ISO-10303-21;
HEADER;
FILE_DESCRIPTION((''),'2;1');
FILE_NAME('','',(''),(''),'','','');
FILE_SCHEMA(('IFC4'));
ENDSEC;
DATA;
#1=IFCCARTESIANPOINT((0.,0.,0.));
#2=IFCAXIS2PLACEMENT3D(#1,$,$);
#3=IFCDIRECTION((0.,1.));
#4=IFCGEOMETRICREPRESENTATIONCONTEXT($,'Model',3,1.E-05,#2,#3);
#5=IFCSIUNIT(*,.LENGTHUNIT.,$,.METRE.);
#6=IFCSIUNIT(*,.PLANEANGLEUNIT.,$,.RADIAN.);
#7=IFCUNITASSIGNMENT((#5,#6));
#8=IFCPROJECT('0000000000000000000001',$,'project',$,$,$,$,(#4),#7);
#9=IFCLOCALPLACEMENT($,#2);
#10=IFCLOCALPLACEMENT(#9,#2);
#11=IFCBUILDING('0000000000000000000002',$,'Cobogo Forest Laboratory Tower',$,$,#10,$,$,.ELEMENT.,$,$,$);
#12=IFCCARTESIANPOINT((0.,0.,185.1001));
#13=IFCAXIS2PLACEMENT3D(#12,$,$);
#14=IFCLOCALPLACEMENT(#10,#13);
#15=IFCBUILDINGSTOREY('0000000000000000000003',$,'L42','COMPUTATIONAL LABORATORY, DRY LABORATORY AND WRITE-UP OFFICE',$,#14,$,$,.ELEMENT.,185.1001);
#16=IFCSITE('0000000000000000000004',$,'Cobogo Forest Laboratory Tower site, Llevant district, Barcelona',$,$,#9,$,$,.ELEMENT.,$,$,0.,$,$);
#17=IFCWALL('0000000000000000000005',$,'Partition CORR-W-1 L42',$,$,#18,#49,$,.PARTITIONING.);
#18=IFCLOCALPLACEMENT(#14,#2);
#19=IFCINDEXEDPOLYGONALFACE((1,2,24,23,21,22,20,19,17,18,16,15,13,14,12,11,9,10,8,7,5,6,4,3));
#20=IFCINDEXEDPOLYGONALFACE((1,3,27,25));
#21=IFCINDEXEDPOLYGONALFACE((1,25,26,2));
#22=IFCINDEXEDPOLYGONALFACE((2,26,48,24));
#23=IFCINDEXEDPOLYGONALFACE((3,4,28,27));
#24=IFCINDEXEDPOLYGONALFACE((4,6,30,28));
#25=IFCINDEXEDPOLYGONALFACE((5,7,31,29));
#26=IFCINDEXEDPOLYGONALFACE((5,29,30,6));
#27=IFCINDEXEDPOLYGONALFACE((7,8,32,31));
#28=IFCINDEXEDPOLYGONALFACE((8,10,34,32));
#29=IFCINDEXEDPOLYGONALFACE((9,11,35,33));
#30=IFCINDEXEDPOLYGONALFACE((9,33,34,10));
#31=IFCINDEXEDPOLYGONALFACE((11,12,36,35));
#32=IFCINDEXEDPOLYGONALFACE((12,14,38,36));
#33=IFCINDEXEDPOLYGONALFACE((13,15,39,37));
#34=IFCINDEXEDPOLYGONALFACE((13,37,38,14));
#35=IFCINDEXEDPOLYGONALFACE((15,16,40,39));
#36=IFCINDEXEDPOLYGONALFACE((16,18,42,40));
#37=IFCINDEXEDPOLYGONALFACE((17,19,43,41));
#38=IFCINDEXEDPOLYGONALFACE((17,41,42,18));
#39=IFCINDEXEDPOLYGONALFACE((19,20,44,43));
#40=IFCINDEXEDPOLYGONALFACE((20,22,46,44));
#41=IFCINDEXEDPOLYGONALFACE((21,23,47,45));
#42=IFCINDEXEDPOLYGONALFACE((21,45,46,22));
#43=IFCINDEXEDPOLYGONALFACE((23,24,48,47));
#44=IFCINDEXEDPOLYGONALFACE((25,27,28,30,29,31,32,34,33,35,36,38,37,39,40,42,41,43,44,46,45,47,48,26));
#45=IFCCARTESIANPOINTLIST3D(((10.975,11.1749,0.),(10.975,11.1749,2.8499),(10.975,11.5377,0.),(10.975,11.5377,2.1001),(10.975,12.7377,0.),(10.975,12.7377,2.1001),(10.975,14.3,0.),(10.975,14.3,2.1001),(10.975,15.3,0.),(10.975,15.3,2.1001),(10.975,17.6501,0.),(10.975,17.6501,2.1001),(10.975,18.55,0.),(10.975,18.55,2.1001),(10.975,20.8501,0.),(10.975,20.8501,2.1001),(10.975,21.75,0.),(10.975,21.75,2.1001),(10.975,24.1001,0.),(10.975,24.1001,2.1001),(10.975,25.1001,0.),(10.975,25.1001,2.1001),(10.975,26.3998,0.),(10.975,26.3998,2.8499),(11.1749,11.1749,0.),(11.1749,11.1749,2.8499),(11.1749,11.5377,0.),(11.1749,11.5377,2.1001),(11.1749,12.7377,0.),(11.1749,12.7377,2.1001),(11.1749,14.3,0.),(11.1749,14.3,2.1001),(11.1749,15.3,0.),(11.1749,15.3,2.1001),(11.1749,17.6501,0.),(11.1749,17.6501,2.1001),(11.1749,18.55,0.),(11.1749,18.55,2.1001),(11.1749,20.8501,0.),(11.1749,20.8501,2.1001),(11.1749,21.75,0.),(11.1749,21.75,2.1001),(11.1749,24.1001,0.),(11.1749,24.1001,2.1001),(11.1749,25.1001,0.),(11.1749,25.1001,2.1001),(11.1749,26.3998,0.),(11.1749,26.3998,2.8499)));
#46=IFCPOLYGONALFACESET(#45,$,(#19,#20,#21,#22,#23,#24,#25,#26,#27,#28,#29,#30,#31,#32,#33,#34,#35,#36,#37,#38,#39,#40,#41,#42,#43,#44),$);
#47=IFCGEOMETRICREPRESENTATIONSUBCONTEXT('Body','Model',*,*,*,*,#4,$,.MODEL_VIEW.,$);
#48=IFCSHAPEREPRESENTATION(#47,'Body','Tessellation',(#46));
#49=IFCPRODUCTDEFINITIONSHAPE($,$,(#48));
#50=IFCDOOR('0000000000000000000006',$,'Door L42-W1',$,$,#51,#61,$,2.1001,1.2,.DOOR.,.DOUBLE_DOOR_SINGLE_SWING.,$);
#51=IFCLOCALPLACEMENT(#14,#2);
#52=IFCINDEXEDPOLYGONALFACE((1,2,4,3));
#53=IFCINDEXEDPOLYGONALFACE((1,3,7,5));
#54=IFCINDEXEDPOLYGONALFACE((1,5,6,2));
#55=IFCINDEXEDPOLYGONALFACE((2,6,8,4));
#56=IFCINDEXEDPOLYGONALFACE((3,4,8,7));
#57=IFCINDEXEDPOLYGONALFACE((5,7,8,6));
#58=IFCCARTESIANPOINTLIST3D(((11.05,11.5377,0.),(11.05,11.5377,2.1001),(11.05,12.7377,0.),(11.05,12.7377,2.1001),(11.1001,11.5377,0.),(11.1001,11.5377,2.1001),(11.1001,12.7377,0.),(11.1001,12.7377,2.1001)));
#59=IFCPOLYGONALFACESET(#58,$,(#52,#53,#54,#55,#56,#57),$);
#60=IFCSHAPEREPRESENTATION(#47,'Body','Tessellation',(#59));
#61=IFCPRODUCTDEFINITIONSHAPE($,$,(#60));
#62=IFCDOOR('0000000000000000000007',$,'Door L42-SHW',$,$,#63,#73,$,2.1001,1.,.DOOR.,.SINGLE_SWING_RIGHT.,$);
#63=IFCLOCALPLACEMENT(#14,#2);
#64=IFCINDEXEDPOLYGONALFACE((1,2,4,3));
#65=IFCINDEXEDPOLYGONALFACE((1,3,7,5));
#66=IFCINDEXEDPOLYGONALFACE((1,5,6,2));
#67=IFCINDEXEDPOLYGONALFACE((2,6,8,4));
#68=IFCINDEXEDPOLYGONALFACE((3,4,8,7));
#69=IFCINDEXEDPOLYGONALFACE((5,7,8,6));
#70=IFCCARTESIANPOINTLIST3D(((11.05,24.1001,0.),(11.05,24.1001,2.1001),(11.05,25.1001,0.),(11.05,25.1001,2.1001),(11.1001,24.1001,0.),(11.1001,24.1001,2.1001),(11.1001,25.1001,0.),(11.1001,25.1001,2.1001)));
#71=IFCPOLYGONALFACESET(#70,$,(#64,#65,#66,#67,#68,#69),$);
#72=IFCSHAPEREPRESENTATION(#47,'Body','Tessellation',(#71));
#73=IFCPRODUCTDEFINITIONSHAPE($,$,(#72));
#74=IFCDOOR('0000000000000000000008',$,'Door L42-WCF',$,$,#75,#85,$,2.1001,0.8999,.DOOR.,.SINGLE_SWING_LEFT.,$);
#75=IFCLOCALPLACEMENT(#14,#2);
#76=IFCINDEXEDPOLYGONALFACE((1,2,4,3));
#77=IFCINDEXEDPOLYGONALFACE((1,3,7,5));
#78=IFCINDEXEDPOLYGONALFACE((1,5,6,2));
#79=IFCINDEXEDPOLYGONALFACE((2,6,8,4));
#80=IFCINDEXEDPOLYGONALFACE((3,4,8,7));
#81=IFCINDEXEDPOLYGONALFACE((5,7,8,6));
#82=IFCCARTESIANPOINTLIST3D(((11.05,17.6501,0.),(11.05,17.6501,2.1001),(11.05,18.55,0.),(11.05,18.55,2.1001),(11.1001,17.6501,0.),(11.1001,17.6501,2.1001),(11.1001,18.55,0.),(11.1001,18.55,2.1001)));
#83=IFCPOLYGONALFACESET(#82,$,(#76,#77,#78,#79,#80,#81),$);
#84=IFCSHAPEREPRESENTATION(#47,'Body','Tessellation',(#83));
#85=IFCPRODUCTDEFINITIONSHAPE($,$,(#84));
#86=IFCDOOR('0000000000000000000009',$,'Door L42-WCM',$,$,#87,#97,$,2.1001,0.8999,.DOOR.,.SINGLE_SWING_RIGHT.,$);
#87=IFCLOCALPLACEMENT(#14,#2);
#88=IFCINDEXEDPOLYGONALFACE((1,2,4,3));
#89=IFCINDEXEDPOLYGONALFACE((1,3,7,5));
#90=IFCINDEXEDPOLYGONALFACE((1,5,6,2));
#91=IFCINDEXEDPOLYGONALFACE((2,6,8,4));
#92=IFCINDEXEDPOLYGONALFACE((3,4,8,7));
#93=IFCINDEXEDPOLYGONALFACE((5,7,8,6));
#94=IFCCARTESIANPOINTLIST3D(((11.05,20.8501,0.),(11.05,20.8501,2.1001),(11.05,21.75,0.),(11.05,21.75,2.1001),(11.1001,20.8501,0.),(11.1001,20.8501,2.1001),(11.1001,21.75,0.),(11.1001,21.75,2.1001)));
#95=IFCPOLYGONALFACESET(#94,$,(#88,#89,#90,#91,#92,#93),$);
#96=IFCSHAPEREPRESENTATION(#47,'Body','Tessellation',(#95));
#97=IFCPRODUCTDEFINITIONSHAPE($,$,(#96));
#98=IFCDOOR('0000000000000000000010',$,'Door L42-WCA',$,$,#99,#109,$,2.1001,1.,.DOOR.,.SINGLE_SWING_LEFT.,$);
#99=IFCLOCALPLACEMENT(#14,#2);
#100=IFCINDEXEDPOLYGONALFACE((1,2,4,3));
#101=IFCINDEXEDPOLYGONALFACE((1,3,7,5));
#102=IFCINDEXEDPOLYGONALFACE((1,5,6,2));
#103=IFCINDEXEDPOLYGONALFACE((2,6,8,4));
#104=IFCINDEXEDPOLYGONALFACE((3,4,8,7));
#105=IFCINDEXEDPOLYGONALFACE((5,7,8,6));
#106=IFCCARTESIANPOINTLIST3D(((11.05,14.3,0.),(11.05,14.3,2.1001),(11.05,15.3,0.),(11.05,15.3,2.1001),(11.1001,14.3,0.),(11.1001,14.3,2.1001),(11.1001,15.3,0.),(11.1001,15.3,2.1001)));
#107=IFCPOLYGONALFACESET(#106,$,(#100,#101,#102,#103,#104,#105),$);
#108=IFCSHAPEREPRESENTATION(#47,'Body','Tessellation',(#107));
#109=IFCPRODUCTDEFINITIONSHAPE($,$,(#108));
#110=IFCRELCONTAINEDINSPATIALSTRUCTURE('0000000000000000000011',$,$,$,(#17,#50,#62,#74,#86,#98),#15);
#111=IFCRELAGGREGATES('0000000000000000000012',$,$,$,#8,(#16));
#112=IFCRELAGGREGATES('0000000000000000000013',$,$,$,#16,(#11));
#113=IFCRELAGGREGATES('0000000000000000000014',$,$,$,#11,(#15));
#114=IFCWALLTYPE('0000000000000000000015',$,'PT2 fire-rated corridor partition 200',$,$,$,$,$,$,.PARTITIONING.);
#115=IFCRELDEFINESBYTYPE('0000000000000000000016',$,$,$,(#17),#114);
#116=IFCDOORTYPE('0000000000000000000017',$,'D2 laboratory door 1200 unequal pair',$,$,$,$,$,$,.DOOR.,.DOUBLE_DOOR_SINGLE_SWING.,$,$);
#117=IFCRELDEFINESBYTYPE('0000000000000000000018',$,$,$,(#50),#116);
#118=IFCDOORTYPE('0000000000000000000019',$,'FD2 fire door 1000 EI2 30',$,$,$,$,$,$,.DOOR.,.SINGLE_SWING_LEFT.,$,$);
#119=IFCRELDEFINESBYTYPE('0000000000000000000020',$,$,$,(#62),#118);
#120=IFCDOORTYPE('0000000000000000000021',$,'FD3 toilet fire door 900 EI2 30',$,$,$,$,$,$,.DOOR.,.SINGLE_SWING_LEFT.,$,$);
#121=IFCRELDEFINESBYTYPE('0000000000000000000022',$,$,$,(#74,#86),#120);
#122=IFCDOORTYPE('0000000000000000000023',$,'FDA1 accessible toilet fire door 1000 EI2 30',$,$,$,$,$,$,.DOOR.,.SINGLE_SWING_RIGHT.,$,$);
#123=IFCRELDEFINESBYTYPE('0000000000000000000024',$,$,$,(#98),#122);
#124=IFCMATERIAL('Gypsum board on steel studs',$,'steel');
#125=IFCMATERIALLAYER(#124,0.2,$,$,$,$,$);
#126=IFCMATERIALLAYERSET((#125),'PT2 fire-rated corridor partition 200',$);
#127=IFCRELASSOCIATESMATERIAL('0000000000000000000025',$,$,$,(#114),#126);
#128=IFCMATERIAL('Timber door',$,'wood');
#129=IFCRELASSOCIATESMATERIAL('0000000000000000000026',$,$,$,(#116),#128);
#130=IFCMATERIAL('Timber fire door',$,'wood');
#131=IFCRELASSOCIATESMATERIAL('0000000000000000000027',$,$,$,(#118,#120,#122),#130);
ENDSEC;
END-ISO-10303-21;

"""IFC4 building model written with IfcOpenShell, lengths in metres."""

from ifc_helpers import new_model, si_unit, direction, frame, frame_2d, origin, place, context, subcontext, project, spatial, rectangle, extrude, material, layer, layer_set, type_object, element, fill, save


model = new_model("IFC4")

# Units and contexts
model_context = context("Model", 3, precision=1e-05, world=origin(), true_north=direction((0.0, 1.0)))
body_context = subcontext(model_context, "Body", "Model", "MODEL_VIEW")
ifc_project = project(units=[si_unit("LENGTHUNIT", "METRE"), si_unit("PLANEANGLEUNIT", "RADIAN")], contexts=[model_context])

# Site, building, storey
site_placement = place(None, origin())
site = spatial("IfcSite", under=ifc_project, at=site_placement, Name="Cobogo Forest Laboratory Tower site, Llevant district, Barcelona", CompositionType="ELEMENT", RefElevation=0.0)
building_placement = place(site_placement, origin())
building = spatial("IfcBuilding", under=site, at=building_placement, Name="Cobogo Forest Laboratory Tower", CompositionType="ELEMENT")
storey_placement = place(building_placement, frame((0.0, 0.0, 185.1001)))
storey = spatial("IfcBuildingStorey", under=building, at=storey_placement, Name="L42", Description="COMPUTATIONAL LABORATORY, DRY LABORATORY AND WRITE-UP OFFICE", CompositionType="ELEMENT", Elevation=185.1001)

# Shared definitions
ifc_material_1 = material(Name="Gypsum board on steel studs", Category="steel")

# Wall, openings, doors
ifc_layer_1 = layer(ifc_material_1, 0.2)
ifc_layer_set_1 = layer_set([ifc_layer_1], Name="PT2 fire-rated corridor partition 200")
wall_type_1 = type_object("IfcWallType", Name="PT2 fire-rated corridor partition 200", PredefinedType="PARTITIONING", material=ifc_layer_set_1)
ifc_material_2 = material(Name="Timber door", Category="wood")
door_type_1 = type_object("IfcDoorType", Name="D2 laboratory door 1200 unequal pair", OperationType="DOUBLE_DOOR_SINGLE_SWING", PredefinedType="DOOR", material=ifc_material_2)
wall_1_placement = place(storey_placement, frame((11.075, 11.175, 0.0), z_axis=(0.0, 0.0, 1.0), x_axis=(0.0, 1.0, 0.0)))
wall_1 = element("IfcWall", 1, at=wall_1_placement, inside=storey, type_object=wall_type_1, Name="Partition CORR-W-1 L42", PredefinedType="PARTITIONING", context=body_context, shape_type="SweptSolid", body=[
    extrude(rectangle(XDim=15.2249, YDim=0.2, at=frame_2d((7.6123, 0.0))), origin(), (0.0, 0.0, 1.0), 2.8499),
])
opening_1_placement = place(wall_1_placement, frame((0.3625, 0.0, 0.0)))
opening_1 = element("IfcOpeningElement", 2, at=opening_1_placement, cuts=wall_1, PredefinedType="OPENING", context=body_context, shape_type="SweptSolid", body=[
    extrude(rectangle(XDim=1.2, YDim=2.1001, at=frame_2d((0.6001, 1.05))), frame((0.0, 0.1099, 0.0), z_axis=(0.0, -1.0, 0.0), x_axis=(1.0, 0.0, 0.0)), (0.0, 0.0, 1.0), 0.22),
])
opening_2_placement = place(wall_1_placement, frame((3.125, 0.0, 0.0)))
opening_2 = element("IfcOpeningElement", 3, at=opening_2_placement, cuts=wall_1, PredefinedType="OPENING", context=body_context, shape_type="SweptSolid", body=[
    extrude(rectangle(XDim=1.0, YDim=2.1001, at=frame_2d((0.5, 1.05))), frame((0.0, 0.1099, 0.0), z_axis=(0.0, -1.0, 0.0), x_axis=(1.0, 0.0, 0.0)), (0.0, 0.0, 1.0), 0.22),
])
opening_3_placement = place(wall_1_placement, frame((6.4751, 0.0, 0.0)))
opening_3 = element("IfcOpeningElement", 4, at=opening_3_placement, cuts=wall_1, PredefinedType="OPENING", context=body_context, shape_type="SweptSolid", body=[
    extrude(rectangle(XDim=0.8999, YDim=2.1001, at=frame_2d((0.45, 1.05))), frame((0.0, 0.1099, 0.0), z_axis=(0.0, -1.0, 0.0), x_axis=(1.0, 0.0, 0.0)), (0.0, 0.0, 1.0), 0.22),
])
opening_4_placement = place(wall_1_placement, frame((9.675, 0.0, 0.0)))
opening_4 = element("IfcOpeningElement", 5, at=opening_4_placement, cuts=wall_1, PredefinedType="OPENING", context=body_context, shape_type="SweptSolid", body=[
    extrude(rectangle(XDim=0.8999, YDim=2.1001, at=frame_2d((0.45, 1.05))), frame((0.0, 0.1099, 0.0), z_axis=(0.0, -1.0, 0.0), x_axis=(1.0, 0.0, 0.0)), (0.0, 0.0, 1.0), 0.22),
])
opening_5_placement = place(wall_1_placement, frame((12.925, 0.0, 0.0)))
opening_5 = element("IfcOpeningElement", 6, at=opening_5_placement, cuts=wall_1, PredefinedType="OPENING", context=body_context, shape_type="SweptSolid", body=[
    extrude(rectangle(XDim=1.0, YDim=2.1001, at=frame_2d((0.5, 1.05))), frame((0.0, 0.1099, 0.0), z_axis=(0.0, -1.0, 0.0), x_axis=(1.0, 0.0, 0.0)), (0.0, 0.0, 1.0), 0.22),
])
door_1_placement = place(opening_1_placement, origin())
door_1 = element("IfcDoor", 7, at=door_1_placement, inside=storey, type_object=door_type_1, Name="Door L42-W1", OperationType="DOUBLE_DOOR_SINGLE_SWING", OverallHeight=2.1001, OverallWidth=1.2, PredefinedType="DOOR", context=body_context, shape_type="SweptSolid", body=[
    extrude(rectangle(XDim=1.2, YDim=2.1001, at=frame_2d((0.6001, 1.05))), frame((0.0, 0.0249, 0.0), z_axis=(0.0, -1.0, 0.0), x_axis=(1.0, 0.0, 0.0)), (0.0, 0.0, 1.0), 0.05),
])
fill(opening_1, door_1)
ifc_material_3 = material(Name="Timber fire door", Category="wood")
door_type_2 = type_object("IfcDoorType", Name="FD2 fire door 1000 EI2 30", OperationType="SINGLE_SWING_LEFT", PredefinedType="DOOR", material=ifc_material_3)
door_2_placement = place(opening_5_placement, origin())
door_2 = element("IfcDoor", 8, at=door_2_placement, inside=storey, type_object=door_type_2, Name="Door L42-SHW", OperationType="SINGLE_SWING_RIGHT", OverallHeight=2.1001, OverallWidth=1.0, PredefinedType="DOOR", context=body_context, shape_type="SweptSolid", body=[
    extrude(rectangle(XDim=1.0, YDim=2.1001, at=frame_2d((0.5, 1.05))), frame((0.0, 0.0249, 0.0), z_axis=(0.0, -1.0, 0.0), x_axis=(1.0, 0.0, 0.0)), (0.0, 0.0, 1.0), 0.05),
])
fill(opening_5, door_2)
door_type_3 = type_object("IfcDoorType", Name="FD3 toilet fire door 900 EI2 30", OperationType="SINGLE_SWING_LEFT", PredefinedType="DOOR", material=ifc_material_3)
door_3_placement = place(opening_3_placement, origin())
door_3 = element("IfcDoor", 9, at=door_3_placement, inside=storey, type_object=door_type_3, Name="Door L42-WCF", OperationType="SINGLE_SWING_LEFT", OverallHeight=2.1001, OverallWidth=0.8999, PredefinedType="DOOR", context=body_context, shape_type="SweptSolid", body=[
    extrude(rectangle(XDim=0.8999, YDim=2.1001, at=frame_2d((0.45, 1.05))), frame((0.0, 0.0249, 0.0), z_axis=(0.0, -1.0, 0.0), x_axis=(1.0, 0.0, 0.0)), (0.0, 0.0, 1.0), 0.05),
])
fill(opening_3, door_3)
door_4_placement = place(opening_4_placement, origin())
door_4 = element("IfcDoor", 10, at=door_4_placement, inside=storey, type_object=door_type_3, Name="Door L42-WCM", OperationType="SINGLE_SWING_RIGHT", OverallHeight=2.1001, OverallWidth=0.8999, PredefinedType="DOOR", context=body_context, shape_type="SweptSolid", body=[
    extrude(rectangle(XDim=0.8999, YDim=2.1001, at=frame_2d((0.45, 1.05))), frame((0.0, 0.0249, 0.0), z_axis=(0.0, -1.0, 0.0), x_axis=(1.0, 0.0, 0.0)), (0.0, 0.0, 1.0), 0.05),
])
fill(opening_4, door_4)
door_type_4 = type_object("IfcDoorType", Name="FDA1 accessible toilet fire door 1000 EI2 30", OperationType="SINGLE_SWING_RIGHT", PredefinedType="DOOR", material=ifc_material_3)
door_5_placement = place(opening_2_placement, origin())
door_5 = element("IfcDoor", 11, at=door_5_placement, inside=storey, type_object=door_type_4, Name="Door L42-WCA", OperationType="SINGLE_SWING_LEFT", OverallHeight=2.1001, OverallWidth=1.0, PredefinedType="DOOR", context=body_context, shape_type="SweptSolid", body=[
    extrude(rectangle(XDim=1.0, YDim=2.1001, at=frame_2d((0.5, 1.05))), frame((0.0, 0.0249, 0.0), z_axis=(0.0, -1.0, 0.0), x_axis=(1.0, 0.0, 0.0)), (0.0, 0.0, 1.0), 0.05),
])
fill(opening_2, door_5)

save(model, "model.ifc")
